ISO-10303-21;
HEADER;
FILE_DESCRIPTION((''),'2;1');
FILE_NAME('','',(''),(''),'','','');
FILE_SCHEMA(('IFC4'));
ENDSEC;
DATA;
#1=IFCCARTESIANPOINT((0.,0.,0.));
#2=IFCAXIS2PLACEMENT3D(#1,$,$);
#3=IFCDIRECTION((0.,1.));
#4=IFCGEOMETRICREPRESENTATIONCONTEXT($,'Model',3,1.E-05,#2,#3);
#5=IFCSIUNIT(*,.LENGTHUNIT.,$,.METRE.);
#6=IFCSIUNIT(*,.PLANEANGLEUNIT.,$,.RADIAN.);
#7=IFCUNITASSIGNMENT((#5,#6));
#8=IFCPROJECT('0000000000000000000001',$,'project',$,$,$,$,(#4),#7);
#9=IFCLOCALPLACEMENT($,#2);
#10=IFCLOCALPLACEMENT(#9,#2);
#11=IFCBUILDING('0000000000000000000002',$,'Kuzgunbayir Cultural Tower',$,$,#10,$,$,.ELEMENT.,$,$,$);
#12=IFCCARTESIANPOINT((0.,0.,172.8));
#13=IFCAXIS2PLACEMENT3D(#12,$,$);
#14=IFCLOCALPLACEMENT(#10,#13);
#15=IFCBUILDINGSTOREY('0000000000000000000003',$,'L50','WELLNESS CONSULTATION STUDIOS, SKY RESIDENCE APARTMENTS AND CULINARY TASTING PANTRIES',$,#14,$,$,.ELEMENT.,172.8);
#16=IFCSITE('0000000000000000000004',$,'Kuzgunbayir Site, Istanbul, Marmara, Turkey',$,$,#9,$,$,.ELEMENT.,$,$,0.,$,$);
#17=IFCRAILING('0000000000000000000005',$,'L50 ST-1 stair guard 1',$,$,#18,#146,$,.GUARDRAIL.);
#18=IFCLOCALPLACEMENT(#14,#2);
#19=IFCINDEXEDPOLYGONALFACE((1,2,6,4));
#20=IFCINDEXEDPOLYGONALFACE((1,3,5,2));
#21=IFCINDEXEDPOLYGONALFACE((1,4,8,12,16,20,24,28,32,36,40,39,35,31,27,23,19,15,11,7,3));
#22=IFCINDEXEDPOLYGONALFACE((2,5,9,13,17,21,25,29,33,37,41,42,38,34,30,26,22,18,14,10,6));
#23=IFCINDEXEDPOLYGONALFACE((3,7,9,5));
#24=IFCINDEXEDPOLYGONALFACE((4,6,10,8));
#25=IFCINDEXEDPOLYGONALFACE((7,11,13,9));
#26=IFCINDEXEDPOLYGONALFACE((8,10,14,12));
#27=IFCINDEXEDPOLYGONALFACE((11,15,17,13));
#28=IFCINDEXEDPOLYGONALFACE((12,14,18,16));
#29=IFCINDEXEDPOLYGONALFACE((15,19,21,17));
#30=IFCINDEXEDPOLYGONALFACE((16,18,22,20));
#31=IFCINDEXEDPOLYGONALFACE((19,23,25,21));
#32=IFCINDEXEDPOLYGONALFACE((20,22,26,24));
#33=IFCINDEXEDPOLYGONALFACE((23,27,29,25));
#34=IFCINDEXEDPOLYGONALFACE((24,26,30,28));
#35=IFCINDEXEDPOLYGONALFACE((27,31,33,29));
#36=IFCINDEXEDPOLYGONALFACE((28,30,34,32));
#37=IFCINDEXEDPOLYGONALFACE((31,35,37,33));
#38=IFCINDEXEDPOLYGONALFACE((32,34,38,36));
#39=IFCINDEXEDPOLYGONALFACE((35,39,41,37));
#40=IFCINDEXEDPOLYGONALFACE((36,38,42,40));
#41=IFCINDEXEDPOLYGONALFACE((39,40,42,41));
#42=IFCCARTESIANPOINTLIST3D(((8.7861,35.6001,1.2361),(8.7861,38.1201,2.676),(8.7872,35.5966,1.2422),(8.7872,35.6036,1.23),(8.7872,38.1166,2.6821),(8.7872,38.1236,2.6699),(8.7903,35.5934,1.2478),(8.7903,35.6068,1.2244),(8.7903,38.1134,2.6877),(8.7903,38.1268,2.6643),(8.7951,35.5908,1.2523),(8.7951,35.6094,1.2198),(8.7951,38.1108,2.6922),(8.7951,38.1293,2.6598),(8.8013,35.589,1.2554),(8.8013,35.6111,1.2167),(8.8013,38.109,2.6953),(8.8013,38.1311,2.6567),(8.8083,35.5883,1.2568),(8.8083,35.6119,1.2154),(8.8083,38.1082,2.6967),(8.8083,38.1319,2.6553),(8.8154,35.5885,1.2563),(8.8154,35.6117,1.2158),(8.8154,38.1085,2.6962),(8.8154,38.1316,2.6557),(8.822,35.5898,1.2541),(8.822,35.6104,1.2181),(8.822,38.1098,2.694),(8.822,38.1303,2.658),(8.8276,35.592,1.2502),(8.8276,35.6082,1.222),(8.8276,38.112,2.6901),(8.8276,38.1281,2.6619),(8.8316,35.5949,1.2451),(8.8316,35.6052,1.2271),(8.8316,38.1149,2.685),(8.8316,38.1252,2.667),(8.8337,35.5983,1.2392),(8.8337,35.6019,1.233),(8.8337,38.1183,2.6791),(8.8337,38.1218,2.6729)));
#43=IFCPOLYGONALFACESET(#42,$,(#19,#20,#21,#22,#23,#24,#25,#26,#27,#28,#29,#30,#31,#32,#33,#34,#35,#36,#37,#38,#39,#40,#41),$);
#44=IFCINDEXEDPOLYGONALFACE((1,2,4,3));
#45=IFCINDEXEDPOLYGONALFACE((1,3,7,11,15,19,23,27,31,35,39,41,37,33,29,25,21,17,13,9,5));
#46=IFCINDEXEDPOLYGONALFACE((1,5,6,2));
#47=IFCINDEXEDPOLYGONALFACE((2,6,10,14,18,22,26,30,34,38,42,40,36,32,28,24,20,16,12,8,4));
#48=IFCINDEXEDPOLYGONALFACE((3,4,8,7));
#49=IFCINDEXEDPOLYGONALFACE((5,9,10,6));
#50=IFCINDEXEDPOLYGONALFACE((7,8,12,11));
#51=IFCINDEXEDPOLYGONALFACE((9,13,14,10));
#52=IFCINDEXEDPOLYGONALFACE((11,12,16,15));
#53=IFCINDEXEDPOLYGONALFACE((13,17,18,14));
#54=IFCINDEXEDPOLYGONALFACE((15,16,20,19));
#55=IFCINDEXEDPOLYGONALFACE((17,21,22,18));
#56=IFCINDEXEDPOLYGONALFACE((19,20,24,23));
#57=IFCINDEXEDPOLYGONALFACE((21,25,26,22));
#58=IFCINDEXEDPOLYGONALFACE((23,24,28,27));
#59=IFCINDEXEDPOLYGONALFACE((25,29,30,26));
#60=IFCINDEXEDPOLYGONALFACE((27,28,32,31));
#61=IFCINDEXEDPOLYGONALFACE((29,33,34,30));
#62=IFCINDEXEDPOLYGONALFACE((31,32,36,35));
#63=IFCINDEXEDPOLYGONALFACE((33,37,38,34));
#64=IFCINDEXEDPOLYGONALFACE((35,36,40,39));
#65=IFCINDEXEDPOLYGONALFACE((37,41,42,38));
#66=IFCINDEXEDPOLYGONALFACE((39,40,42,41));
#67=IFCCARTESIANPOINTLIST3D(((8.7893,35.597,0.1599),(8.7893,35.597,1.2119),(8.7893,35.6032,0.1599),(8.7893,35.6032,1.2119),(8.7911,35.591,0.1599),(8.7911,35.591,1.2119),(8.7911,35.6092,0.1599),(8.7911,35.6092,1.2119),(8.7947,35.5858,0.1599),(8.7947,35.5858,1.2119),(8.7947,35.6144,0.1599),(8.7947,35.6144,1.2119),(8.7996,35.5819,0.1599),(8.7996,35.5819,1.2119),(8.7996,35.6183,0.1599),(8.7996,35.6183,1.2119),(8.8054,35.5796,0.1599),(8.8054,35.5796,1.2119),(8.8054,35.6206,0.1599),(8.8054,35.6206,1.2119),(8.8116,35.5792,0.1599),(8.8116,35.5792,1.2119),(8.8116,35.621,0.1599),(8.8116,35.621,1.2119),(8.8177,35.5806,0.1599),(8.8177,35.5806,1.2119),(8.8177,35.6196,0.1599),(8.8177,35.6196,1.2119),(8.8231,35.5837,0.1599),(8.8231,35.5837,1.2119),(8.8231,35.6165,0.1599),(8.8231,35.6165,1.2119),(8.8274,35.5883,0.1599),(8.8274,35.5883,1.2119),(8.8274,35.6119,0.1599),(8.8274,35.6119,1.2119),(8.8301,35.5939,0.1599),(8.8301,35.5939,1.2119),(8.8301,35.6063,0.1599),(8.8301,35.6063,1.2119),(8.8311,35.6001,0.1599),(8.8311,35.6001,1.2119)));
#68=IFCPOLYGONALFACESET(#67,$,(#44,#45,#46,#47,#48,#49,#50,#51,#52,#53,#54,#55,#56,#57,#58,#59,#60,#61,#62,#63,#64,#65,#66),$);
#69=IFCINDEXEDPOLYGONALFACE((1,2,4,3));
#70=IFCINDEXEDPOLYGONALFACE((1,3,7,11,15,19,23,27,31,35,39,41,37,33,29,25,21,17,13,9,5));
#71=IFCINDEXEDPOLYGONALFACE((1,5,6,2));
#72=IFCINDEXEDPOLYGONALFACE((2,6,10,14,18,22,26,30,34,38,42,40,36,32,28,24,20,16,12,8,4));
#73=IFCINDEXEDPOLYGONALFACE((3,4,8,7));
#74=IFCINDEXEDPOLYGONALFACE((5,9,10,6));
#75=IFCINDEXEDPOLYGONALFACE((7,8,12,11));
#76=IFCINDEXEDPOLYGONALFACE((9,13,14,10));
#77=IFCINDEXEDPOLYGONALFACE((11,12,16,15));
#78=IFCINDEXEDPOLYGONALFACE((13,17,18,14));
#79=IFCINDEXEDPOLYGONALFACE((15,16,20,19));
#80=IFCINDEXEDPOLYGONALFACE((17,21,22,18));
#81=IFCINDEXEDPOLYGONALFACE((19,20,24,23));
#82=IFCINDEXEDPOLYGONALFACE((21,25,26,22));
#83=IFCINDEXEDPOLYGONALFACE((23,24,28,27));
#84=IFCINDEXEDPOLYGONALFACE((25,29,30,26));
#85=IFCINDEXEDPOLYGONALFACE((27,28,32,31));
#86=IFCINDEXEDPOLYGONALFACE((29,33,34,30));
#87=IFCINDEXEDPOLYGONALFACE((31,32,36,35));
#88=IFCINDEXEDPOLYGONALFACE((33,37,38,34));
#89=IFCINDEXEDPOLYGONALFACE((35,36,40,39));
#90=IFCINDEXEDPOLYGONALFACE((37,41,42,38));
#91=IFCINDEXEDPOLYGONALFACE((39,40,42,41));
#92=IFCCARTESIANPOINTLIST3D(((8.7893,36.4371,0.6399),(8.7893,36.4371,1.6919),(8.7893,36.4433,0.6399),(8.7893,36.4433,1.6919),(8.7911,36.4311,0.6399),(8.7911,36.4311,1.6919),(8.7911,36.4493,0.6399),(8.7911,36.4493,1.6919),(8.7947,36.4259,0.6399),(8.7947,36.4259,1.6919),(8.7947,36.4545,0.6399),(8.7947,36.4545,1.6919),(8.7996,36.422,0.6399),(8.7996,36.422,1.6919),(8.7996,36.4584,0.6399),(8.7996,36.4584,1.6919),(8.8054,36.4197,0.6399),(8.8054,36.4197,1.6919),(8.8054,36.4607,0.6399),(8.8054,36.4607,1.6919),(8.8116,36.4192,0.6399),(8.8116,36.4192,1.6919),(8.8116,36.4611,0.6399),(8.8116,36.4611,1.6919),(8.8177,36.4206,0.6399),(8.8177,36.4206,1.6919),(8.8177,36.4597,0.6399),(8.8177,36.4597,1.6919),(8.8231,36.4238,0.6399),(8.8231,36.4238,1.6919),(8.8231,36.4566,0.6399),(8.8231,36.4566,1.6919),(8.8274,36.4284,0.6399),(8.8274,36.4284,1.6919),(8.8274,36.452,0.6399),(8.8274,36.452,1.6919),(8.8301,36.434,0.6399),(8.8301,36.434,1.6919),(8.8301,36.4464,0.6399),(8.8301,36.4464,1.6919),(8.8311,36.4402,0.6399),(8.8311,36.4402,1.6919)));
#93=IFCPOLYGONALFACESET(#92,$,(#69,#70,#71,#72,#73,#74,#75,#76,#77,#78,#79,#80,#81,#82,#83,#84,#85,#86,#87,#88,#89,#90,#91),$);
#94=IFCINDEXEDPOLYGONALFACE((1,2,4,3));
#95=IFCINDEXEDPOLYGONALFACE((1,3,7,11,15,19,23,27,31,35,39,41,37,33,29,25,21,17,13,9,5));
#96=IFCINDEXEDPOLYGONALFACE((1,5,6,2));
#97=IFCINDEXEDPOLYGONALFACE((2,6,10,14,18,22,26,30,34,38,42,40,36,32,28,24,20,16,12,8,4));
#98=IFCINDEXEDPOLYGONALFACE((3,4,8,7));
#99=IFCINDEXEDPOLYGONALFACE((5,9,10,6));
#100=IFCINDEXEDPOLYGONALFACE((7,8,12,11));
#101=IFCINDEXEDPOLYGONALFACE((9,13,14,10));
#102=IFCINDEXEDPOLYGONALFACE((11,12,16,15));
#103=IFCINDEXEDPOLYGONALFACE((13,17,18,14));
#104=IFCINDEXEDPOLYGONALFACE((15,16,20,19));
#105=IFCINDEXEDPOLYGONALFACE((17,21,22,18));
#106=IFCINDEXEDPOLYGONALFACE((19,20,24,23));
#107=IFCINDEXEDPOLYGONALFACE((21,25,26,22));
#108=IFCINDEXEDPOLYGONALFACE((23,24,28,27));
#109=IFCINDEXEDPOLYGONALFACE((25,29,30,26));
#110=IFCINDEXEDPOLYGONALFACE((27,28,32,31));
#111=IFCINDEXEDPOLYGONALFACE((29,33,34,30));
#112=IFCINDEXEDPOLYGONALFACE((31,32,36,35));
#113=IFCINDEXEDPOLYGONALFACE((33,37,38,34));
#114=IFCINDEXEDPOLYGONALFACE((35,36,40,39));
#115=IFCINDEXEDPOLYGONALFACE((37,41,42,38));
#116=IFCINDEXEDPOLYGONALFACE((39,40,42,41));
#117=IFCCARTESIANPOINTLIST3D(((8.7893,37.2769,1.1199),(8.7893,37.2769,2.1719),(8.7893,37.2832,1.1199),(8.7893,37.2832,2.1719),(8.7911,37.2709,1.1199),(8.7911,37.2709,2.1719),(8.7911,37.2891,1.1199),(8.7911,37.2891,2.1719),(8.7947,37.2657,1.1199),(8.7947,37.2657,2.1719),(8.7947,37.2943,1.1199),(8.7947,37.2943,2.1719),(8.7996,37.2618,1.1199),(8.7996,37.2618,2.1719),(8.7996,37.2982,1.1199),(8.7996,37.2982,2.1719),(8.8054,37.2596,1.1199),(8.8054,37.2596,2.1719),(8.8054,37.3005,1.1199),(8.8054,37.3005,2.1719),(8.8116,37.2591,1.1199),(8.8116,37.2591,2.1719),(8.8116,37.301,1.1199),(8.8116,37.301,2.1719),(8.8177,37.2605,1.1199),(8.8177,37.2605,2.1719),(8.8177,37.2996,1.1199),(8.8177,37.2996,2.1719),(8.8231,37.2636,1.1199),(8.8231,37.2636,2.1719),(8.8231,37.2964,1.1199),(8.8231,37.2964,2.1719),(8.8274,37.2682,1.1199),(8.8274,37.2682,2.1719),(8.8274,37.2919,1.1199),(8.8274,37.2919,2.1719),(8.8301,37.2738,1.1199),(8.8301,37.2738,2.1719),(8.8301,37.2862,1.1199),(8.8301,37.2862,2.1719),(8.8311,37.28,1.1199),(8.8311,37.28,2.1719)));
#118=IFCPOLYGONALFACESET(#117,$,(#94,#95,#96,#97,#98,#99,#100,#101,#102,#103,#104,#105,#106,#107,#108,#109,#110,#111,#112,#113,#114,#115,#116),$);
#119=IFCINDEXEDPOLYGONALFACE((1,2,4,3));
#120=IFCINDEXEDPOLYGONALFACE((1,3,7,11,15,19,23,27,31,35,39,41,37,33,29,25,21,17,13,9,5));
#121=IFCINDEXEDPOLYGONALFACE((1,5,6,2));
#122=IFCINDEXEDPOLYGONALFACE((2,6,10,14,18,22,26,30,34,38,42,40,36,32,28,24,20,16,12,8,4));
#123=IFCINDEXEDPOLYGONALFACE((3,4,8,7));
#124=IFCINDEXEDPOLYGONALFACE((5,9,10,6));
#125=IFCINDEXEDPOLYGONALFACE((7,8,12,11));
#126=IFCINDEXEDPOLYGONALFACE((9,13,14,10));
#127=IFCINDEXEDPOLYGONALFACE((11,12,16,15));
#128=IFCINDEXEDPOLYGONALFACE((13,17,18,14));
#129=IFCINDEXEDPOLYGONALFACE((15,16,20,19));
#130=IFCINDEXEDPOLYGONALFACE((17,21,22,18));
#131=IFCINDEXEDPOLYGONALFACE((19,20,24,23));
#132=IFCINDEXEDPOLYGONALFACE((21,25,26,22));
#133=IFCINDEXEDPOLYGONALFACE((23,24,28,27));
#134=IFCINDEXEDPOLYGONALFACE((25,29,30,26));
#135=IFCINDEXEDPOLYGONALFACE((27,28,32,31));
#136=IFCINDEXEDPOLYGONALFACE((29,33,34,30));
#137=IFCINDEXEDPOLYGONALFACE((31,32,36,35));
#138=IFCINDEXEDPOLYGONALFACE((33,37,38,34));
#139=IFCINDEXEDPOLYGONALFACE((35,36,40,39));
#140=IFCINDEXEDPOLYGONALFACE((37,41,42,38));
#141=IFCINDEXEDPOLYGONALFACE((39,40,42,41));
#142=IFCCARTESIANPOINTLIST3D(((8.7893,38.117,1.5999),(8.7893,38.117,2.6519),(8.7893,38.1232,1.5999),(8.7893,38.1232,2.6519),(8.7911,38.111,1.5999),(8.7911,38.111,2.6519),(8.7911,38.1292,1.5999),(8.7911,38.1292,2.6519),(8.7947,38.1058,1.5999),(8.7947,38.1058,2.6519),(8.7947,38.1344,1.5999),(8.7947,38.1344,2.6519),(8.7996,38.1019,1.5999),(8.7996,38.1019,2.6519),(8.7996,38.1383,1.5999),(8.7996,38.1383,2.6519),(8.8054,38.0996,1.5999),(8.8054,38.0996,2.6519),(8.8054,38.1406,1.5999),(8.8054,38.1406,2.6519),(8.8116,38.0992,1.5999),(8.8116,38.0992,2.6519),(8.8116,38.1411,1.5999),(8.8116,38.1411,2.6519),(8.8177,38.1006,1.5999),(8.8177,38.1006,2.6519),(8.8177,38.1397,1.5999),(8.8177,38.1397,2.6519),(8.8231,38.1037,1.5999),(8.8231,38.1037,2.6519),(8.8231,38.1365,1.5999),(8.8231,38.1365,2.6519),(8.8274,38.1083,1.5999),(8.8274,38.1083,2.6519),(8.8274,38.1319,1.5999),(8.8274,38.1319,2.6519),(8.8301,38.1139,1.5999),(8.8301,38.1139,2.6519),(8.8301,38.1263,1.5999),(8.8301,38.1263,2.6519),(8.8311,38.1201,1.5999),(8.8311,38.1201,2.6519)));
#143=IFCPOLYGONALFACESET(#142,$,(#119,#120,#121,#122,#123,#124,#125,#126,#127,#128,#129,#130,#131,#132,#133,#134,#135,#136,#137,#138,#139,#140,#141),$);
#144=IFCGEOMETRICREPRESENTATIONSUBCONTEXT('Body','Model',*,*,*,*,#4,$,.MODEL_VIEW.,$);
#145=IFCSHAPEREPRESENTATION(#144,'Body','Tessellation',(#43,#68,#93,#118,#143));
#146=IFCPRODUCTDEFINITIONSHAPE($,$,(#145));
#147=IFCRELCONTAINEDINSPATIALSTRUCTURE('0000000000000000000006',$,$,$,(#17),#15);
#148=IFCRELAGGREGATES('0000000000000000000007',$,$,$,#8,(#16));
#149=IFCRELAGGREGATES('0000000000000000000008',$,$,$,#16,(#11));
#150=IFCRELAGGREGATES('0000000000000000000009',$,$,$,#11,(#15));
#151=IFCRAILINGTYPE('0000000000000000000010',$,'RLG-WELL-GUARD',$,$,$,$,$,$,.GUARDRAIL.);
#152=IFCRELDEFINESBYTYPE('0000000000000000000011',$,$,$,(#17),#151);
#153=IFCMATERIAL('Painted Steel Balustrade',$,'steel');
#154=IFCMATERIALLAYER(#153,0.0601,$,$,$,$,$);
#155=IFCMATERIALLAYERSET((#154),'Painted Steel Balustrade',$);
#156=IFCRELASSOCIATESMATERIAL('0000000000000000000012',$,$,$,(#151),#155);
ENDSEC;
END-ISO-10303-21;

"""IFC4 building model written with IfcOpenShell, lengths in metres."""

from ifc_helpers import new_model, si_unit, direction, frame, origin, origin_2d, place, context, subcontext, project, spatial, circle, extrude, material, layer, layer_set, type_object, element, save


model = new_model("IFC4")

# Units and contexts
model_context = context("Model", 3, precision=1e-05, world=origin(), true_north=direction((0.0, 1.0)))
body_context = subcontext(model_context, "Body", "Model", "MODEL_VIEW")
ifc_project = project(units=[si_unit("LENGTHUNIT", "METRE"), si_unit("PLANEANGLEUNIT", "RADIAN")], contexts=[model_context])

# Site, building, storey
site_placement = place(None, origin())
site = spatial("IfcSite", under=ifc_project, at=site_placement, Name="Kuzgunbayir Site, Istanbul, Marmara, Turkey", CompositionType="ELEMENT", RefElevation=0.0)
building_placement = place(site_placement, origin())
building = spatial("IfcBuilding", under=site, at=building_placement, Name="Kuzgunbayir Cultural Tower", CompositionType="ELEMENT")
storey_placement = place(building_placement, frame((0.0, 0.0, 172.8)))
storey = spatial("IfcBuildingStorey", under=building, at=storey_placement, Name="L50", Description="WELLNESS CONSULTATION STUDIOS, SKY RESIDENCE APARTMENTS AND CULINARY TASTING PANTRIES", CompositionType="ELEMENT", Elevation=172.8)

# Railing
ifc_material_1 = material(Name="Painted Steel Balustrade", Category="steel")
ifc_layer_1 = layer(ifc_material_1, 0.0601)
ifc_layer_set_1 = layer_set([ifc_layer_1], Name="Painted Steel Balustrade")
railing_type_1 = type_object("IfcRailingType", Name="RLG-WELL-GUARD", PredefinedType="GUARDRAIL", material=ifc_layer_set_1)
railing_1_placement = place(storey_placement, frame((8.8101, 35.6001, 0.1599)))
element("IfcRailing", 1, at=railing_1_placement, inside=storey, type_object=railing_type_1, Name="L50 ST-1 stair guard 1", PredefinedType="GUARDRAIL", context=body_context, shape_type="SweptSolid", body=[
    extrude(circle(Radius=0.0239, at=origin_2d()), frame((0.0, 0.0, 1.0762), z_axis=(0.0, 0.868253, 0.496121), x_axis=(-1.0, 0.0, 0.0)), (0.0, 0.0, 1.0), 2.9023),
    extrude(circle(Radius=0.021, at=origin_2d()), origin(), (0.0, 0.0, 1.0), 1.052),
    extrude(circle(Radius=0.021, at=origin_2d()), frame((0.0, 0.8401, 0.48)), (0.0, 0.0, 1.0), 1.052),
    extrude(circle(Radius=0.021, at=origin_2d()), frame((0.0, 1.6799, 0.96)), (0.0, 0.0, 1.0), 1.052),
    extrude(circle(Radius=0.021, at=origin_2d()), frame((0.0, 2.52, 1.4399)), (0.0, 0.0, 1.0), 1.052),
])

save(model, "model.ifc")
